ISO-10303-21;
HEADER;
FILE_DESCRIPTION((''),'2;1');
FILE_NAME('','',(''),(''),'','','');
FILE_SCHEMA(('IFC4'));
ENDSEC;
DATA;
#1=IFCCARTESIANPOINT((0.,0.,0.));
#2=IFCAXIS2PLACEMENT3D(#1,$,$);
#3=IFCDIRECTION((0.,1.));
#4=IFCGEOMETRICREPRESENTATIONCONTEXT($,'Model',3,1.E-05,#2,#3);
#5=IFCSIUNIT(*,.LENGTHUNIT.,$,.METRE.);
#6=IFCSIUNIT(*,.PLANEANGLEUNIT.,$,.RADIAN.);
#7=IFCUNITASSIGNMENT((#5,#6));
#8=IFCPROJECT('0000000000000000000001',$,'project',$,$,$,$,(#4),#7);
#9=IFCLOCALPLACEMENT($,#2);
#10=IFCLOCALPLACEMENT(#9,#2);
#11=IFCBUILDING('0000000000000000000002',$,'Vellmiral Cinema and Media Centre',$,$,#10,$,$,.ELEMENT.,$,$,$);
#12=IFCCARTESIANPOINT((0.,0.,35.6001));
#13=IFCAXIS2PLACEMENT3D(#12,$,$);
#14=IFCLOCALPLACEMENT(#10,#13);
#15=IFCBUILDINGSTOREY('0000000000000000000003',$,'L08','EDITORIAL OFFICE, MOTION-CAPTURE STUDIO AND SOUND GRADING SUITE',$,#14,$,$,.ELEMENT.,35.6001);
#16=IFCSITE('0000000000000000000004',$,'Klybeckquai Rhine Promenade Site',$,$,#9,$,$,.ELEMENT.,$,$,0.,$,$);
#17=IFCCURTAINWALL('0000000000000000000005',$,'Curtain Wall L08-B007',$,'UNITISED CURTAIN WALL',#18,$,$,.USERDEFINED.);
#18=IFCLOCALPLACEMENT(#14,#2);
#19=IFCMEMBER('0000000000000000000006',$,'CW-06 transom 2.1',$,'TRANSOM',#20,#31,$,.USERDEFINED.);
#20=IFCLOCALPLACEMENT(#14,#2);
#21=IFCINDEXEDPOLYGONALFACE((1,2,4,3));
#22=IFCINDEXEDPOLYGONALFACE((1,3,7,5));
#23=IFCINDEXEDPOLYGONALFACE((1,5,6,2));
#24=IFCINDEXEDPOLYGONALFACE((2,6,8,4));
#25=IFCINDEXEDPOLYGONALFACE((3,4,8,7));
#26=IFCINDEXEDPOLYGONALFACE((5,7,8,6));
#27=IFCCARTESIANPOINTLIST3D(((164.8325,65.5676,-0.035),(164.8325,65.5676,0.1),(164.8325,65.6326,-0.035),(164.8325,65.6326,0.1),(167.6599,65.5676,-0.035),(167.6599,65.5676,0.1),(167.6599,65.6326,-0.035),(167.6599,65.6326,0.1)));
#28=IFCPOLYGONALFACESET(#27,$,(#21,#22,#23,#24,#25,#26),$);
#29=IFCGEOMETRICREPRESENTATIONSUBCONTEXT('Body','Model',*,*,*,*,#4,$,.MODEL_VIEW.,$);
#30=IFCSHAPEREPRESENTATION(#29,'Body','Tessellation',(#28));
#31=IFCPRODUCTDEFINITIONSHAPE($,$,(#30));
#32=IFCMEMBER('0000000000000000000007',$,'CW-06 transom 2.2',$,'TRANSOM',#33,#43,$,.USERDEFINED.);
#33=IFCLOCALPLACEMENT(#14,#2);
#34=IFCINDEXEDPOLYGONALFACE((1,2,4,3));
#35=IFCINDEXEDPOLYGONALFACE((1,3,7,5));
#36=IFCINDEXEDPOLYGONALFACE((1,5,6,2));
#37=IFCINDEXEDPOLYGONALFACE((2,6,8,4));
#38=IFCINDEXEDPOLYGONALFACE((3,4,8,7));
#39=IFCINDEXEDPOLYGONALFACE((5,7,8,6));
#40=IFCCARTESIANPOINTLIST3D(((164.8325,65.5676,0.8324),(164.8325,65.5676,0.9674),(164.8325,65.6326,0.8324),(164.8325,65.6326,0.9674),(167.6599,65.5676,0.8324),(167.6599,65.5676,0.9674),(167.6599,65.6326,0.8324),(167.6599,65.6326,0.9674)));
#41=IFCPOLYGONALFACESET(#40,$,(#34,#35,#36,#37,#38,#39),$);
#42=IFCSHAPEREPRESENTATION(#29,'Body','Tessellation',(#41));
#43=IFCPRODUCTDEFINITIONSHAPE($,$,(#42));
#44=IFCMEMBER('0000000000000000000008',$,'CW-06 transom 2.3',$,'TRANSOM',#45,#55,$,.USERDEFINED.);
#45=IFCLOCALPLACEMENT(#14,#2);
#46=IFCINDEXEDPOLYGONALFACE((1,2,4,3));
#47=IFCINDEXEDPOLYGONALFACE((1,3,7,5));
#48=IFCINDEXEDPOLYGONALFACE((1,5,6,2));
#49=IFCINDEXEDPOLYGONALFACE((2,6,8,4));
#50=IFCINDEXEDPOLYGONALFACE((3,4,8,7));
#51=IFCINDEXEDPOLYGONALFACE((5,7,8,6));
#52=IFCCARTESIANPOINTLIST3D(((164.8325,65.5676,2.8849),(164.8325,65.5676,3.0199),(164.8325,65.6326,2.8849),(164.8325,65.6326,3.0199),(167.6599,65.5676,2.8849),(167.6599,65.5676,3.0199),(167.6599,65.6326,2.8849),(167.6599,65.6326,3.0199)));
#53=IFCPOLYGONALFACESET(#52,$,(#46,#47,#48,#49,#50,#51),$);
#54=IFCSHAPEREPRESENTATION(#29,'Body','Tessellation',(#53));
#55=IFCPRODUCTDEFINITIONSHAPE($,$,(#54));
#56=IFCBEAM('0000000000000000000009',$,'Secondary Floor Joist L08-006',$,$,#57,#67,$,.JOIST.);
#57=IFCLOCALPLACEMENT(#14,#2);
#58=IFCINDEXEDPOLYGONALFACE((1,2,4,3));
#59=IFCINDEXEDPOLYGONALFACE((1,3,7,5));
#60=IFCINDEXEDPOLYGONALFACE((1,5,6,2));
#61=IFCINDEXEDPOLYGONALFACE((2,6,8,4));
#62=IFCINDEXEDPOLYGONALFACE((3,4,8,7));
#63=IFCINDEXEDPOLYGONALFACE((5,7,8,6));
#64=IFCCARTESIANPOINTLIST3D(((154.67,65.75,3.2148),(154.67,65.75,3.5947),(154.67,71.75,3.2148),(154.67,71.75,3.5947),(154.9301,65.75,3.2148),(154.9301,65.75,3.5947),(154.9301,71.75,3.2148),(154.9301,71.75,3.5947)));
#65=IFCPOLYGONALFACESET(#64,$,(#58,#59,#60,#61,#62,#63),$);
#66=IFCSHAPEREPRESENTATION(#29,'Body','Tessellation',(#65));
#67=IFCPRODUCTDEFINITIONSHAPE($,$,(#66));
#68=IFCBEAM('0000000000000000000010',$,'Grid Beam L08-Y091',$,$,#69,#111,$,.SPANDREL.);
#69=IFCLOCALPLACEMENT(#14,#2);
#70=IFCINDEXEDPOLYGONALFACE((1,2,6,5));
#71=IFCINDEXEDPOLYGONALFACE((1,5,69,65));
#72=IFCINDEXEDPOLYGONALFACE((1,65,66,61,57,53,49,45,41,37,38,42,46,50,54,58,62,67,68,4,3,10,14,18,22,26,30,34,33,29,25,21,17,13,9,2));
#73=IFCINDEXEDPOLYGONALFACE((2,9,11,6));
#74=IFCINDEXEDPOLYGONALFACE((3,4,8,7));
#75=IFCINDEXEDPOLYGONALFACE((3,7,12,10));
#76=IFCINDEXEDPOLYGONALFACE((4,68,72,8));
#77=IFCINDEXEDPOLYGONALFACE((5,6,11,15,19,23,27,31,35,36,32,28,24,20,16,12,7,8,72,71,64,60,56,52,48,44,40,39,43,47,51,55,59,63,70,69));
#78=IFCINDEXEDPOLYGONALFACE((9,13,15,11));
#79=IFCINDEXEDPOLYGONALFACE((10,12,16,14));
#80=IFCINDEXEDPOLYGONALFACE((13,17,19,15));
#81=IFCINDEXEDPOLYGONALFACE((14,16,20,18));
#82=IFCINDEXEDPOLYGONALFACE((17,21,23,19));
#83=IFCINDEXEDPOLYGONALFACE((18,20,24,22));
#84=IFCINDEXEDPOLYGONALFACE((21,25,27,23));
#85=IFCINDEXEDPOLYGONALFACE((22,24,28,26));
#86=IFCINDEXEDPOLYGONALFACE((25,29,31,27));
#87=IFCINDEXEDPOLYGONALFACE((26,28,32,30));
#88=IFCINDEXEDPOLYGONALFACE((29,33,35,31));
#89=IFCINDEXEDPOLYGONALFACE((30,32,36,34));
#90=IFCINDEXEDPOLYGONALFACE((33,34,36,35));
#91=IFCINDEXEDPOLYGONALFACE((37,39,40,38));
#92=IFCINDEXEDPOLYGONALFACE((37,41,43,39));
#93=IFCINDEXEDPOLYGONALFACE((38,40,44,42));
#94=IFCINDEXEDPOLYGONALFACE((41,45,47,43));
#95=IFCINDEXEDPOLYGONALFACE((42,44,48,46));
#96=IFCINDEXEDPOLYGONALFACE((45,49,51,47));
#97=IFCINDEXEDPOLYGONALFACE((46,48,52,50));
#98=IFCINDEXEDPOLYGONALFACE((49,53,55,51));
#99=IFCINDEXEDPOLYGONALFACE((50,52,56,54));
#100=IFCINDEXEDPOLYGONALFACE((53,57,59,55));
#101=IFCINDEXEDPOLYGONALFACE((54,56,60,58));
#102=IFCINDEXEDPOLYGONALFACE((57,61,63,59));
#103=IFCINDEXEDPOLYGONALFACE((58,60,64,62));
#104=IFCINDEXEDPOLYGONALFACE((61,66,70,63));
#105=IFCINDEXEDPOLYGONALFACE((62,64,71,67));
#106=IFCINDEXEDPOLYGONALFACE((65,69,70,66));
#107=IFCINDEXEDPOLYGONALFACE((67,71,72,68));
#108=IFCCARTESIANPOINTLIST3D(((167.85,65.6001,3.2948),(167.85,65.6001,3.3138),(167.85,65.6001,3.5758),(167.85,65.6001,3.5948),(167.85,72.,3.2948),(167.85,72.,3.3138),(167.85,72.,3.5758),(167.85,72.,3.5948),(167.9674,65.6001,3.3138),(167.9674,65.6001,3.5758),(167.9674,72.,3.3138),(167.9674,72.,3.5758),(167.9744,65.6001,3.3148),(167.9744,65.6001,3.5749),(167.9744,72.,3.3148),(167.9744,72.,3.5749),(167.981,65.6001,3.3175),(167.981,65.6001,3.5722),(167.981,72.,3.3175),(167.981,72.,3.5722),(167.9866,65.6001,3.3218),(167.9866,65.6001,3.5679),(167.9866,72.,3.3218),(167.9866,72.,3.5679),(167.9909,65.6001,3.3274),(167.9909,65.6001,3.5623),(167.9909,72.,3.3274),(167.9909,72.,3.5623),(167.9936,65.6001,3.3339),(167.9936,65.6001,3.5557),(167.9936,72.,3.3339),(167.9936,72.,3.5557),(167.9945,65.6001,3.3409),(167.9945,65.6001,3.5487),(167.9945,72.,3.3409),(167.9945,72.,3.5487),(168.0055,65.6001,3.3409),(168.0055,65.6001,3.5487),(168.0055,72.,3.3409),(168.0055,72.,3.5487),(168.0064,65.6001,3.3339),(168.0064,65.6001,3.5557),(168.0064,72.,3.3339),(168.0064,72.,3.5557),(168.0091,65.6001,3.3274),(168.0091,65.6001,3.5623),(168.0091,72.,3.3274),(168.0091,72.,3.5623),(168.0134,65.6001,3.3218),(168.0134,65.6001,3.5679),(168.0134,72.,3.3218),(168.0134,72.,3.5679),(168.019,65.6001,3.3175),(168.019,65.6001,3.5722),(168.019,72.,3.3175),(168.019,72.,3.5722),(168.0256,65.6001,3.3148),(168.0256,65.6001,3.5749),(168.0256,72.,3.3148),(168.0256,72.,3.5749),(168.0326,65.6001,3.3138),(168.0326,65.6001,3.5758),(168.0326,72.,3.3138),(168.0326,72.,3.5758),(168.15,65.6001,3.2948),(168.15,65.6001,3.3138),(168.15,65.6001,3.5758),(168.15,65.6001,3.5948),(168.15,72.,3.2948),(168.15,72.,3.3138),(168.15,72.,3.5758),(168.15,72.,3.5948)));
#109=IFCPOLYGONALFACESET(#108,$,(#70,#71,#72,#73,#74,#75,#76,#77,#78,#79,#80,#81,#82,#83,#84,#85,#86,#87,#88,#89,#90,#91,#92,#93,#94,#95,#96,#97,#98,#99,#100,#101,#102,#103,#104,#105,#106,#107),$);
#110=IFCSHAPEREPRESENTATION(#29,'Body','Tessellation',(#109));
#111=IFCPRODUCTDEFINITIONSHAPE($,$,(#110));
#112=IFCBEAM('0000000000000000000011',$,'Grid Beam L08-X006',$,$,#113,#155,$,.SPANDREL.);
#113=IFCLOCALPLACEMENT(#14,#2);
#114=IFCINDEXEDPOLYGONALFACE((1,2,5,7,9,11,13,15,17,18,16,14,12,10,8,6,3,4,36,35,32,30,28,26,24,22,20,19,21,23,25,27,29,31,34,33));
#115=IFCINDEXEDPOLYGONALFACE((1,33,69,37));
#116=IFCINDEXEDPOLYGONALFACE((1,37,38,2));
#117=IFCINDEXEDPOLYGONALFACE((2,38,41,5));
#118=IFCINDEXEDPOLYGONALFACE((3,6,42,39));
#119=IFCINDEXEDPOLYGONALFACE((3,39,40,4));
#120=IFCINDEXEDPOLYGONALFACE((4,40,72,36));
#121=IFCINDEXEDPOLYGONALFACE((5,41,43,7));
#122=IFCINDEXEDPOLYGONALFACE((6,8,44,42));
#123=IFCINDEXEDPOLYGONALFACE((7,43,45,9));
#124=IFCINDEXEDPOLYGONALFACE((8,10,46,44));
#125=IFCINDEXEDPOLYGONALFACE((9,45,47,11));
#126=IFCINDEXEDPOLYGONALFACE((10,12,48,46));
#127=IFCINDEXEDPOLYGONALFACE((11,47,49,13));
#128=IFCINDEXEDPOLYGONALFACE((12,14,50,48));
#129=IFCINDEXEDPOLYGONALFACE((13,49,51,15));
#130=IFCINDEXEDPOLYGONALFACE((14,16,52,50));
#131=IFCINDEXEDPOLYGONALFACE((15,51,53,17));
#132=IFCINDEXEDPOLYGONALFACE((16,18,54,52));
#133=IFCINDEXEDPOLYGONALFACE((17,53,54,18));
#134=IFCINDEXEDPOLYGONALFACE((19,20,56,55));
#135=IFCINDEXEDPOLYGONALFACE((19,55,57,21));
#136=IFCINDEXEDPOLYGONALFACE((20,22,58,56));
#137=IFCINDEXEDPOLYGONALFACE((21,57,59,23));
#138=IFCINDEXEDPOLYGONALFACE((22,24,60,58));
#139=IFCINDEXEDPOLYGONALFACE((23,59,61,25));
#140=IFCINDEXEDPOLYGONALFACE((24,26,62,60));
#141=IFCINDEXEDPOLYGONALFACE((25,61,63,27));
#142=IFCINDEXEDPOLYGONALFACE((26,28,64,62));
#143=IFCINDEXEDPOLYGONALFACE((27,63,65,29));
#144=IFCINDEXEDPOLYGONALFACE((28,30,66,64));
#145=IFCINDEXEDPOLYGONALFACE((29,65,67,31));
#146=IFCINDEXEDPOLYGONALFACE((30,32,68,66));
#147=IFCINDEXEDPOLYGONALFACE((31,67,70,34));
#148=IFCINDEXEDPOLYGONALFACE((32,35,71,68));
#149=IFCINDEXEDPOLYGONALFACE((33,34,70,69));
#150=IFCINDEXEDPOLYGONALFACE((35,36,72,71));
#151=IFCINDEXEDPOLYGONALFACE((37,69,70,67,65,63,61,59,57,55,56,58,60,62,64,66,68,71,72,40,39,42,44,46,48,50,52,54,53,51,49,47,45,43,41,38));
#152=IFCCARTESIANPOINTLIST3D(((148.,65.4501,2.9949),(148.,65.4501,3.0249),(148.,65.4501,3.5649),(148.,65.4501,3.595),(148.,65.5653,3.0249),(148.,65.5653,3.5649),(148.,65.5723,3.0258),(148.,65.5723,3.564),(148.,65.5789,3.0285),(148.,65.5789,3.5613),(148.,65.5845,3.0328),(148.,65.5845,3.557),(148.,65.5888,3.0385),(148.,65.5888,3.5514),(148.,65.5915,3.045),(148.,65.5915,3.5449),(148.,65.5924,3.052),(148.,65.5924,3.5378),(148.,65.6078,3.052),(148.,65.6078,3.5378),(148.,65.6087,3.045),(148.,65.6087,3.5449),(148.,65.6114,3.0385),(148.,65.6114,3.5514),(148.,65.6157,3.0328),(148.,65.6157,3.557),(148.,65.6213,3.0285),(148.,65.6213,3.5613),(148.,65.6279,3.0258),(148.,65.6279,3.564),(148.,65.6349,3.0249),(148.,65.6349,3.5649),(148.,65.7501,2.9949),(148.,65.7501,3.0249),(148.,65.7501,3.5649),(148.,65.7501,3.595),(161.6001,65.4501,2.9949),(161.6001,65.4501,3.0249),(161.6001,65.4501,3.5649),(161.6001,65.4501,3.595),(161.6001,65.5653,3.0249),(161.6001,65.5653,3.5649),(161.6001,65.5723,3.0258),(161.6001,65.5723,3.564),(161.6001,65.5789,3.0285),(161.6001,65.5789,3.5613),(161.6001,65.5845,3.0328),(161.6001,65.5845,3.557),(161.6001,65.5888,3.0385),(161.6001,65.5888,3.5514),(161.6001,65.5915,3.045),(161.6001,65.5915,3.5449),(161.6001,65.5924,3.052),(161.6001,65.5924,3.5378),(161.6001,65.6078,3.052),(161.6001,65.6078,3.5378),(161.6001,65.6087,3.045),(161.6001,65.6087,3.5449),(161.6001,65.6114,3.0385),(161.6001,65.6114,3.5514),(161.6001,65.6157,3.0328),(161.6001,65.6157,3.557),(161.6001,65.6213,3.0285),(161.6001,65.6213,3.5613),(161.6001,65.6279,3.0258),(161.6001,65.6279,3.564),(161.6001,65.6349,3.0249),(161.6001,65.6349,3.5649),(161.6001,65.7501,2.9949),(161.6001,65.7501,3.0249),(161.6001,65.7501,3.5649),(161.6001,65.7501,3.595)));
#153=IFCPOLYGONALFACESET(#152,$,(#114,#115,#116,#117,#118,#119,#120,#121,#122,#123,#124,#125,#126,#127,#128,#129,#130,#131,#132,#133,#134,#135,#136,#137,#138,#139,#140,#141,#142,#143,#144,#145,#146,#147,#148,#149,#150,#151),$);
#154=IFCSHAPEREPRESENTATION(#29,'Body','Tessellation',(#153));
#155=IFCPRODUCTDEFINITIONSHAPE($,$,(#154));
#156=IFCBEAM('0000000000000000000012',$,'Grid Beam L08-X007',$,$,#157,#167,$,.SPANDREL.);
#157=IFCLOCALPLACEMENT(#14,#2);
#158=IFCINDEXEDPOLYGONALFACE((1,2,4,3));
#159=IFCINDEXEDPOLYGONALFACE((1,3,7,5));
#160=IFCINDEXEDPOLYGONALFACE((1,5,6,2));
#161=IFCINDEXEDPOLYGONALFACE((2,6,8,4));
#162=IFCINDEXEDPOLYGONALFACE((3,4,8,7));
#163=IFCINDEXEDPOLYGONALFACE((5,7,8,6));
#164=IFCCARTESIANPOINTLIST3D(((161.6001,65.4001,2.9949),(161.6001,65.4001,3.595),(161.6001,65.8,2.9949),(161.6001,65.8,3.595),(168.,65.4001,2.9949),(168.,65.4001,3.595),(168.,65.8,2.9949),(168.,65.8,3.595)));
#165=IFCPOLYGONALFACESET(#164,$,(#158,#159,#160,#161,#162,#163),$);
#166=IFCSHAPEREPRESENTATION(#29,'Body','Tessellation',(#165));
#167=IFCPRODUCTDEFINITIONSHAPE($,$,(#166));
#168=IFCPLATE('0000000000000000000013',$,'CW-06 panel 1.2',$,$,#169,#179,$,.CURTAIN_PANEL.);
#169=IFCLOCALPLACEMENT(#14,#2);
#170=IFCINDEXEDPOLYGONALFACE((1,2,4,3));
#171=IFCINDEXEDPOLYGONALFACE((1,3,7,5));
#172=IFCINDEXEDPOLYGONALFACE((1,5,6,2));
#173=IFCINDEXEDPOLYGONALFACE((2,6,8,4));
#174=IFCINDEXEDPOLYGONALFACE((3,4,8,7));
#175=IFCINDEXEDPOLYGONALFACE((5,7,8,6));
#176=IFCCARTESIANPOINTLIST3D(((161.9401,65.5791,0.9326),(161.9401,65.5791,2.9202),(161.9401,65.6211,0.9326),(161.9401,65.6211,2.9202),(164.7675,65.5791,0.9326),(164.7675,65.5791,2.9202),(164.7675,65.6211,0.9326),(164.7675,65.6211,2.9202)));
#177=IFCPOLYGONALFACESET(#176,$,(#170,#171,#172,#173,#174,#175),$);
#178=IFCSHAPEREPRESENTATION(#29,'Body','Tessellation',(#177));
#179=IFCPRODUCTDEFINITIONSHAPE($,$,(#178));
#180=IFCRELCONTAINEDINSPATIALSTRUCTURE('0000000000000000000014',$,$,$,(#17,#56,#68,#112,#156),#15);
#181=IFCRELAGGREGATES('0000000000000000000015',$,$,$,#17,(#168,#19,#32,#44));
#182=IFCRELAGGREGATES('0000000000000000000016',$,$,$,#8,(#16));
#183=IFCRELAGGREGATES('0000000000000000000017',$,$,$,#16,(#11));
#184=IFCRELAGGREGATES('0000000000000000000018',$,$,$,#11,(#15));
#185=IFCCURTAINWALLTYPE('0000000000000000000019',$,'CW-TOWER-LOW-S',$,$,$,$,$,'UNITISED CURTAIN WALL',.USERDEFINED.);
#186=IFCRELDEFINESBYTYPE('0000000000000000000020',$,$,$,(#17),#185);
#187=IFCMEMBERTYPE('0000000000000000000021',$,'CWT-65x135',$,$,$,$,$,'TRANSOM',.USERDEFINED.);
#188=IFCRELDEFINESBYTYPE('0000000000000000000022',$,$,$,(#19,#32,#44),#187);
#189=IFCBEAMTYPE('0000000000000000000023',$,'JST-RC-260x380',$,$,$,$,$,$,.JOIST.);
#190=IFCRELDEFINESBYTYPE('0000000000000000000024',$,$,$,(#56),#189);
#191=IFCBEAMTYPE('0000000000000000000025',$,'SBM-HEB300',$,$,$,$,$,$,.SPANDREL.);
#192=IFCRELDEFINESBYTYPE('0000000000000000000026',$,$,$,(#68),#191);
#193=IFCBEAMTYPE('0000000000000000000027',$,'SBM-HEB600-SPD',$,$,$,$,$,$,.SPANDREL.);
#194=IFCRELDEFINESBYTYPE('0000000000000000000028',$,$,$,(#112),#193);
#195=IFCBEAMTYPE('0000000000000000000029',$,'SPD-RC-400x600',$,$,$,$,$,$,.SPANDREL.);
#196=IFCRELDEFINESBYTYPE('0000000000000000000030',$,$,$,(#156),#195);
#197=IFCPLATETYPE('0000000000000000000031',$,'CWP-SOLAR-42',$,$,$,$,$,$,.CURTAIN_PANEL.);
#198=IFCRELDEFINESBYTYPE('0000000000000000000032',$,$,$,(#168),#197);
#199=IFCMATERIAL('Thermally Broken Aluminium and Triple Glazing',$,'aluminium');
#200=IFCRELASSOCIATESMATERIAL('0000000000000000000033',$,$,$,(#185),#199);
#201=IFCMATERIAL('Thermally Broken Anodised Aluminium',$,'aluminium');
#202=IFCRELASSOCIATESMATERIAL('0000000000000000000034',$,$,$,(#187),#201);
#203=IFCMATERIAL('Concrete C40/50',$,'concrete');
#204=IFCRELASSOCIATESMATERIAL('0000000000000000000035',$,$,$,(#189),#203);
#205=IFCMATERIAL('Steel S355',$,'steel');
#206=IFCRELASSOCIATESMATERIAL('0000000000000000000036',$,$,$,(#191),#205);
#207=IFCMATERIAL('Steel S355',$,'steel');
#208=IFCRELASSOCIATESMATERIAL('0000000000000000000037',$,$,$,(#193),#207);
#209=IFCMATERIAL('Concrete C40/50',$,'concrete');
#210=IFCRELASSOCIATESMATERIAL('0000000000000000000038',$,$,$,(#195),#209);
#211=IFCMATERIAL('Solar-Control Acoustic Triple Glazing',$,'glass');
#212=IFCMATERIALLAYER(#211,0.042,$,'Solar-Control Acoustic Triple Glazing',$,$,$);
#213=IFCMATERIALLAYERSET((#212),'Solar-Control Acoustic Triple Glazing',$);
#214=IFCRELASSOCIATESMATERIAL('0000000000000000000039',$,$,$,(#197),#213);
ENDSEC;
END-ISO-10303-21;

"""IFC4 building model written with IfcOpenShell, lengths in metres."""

from ifc_helpers import new_model, si_unit, direction, frame, origin, origin_2d, place, context, subcontext, project, spatial, rectangle, i_section, extrude, material, layer, layer_set, material_profile, profile_set, type_object, element, aggregate, save


model = new_model("IFC4")

# Units and contexts
model_context = context("Model", 3, precision=1e-05, world=origin(), true_north=direction((0.0, 1.0)))
body_context = subcontext(model_context, "Body", "Model", "MODEL_VIEW")
ifc_project = project(units=[si_unit("LENGTHUNIT", "METRE"), si_unit("PLANEANGLEUNIT", "RADIAN")], contexts=[model_context])

# Site, building, storey
site_placement = place(None, origin())
site = spatial("IfcSite", under=ifc_project, at=site_placement, Name="Klybeckquai Rhine Promenade Site", CompositionType="ELEMENT", RefElevation=0.0)
building_placement = place(site_placement, origin())
building = spatial("IfcBuilding", under=site, at=building_placement, Name="Vellmiral Cinema and Media Centre", CompositionType="ELEMENT")
storey_placement = place(building_placement, frame((0.0, 0.0, 35.6001)))
storey = spatial("IfcBuildingStorey", under=building, at=storey_placement, Name="L08", Description="EDITORIAL OFFICE, MOTION-CAPTURE STUDIO AND SOUND GRADING SUITE", CompositionType="ELEMENT", Elevation=35.6001)

# Curtain wall, members
ifc_material_1 = material(Name="Thermally Broken Aluminium and Triple Glazing", Category="aluminium")
curtain_wall_type = type_object("IfcCurtainWallType", Name="CW-TOWER-LOW-S", ElementType="UNITISED CURTAIN WALL", PredefinedType="USERDEFINED", material=ifc_material_1)
curtain_wall_placement = place(storey_placement, origin())
curtain_wall = element("IfcCurtainWall", 1, at=curtain_wall_placement, inside=storey, type_object=curtain_wall_type, Name="Curtain Wall L08-B007", ObjectType="UNITISED CURTAIN WALL", PredefinedType="USERDEFINED")
ifc_material_2 = material(Name="Thermally Broken Anodised Aluminium", Category="aluminium")
ifc_material_profile_1 = material_profile(ifc_material_2, rectangle(XDim=0.0649, YDim=0.135, at=origin_2d()), Name="MULL 65x135")
ifc_profile_set_1 = profile_set([ifc_material_profile_1], Name="Thermally Broken Anodised Aluminium")
member_type_1 = type_object("IfcMemberType", Name="CWT-65x135", ElementType="TRANSOM", PredefinedType="USERDEFINED", material=ifc_profile_set_1)
member_1_placement = place(storey_placement, frame((164.8325, 65.6001, 0.0325), z_axis=(1.0, 0.0, 0.0), x_axis=(0.0, 1.0, 0.0)))
member_1 = element("IfcMember", 2, at=member_1_placement, type_object=member_type_1, Name="CW-06 transom 2.1", ObjectType="TRANSOM", PredefinedType="USERDEFINED", context=body_context, shape_type="SweptSolid", body=[
    extrude(rectangle(XDim=0.0649, YDim=0.135, at=origin_2d()), origin(), (0.0, 0.0, 1.0), 2.8274),
])
member_2_placement = place(storey_placement, frame((164.8325, 65.6001, 0.8999), z_axis=(1.0, 0.0, 0.0), x_axis=(0.0, 1.0, 0.0)))
member_2 = element("IfcMember", 3, at=member_2_placement, type_object=member_type_1, Name="CW-06 transom 2.2", ObjectType="TRANSOM", PredefinedType="USERDEFINED", context=body_context, shape_type="SweptSolid", body=[
    extrude(rectangle(XDim=0.0649, YDim=0.135, at=origin_2d()), origin(), (0.0, 0.0, 1.0), 2.8274),
])
member_3_placement = place(storey_placement, frame((164.8325, 65.6001, 2.9524), z_axis=(1.0, 0.0, 0.0), x_axis=(0.0, 1.0, 0.0)))
member_3 = element("IfcMember", 4, at=member_3_placement, type_object=member_type_1, Name="CW-06 transom 2.3", ObjectType="TRANSOM", PredefinedType="USERDEFINED", context=body_context, shape_type="SweptSolid", body=[
    extrude(rectangle(XDim=0.0649, YDim=0.135, at=origin_2d()), origin(), (0.0, 0.0, 1.0), 2.8274),
])

# Beams
ifc_material_3 = material(Name="Concrete C40/50", Category="concrete")
ifc_material_profile_2 = material_profile(ifc_material_3, rectangle(XDim=0.26, YDim=0.3799, at=origin_2d()), Name="RC 260x380")
ifc_profile_set_2 = profile_set([ifc_material_profile_2], Name="Concrete C40/50")
beam_type_1 = type_object("IfcBeamType", Name="JST-RC-260x380", PredefinedType="JOIST", material=ifc_profile_set_2)
beam_1_placement = place(storey_placement, frame((154.8, 65.75, 3.4048), z_axis=(0.0, 1.0, 0.0), x_axis=(-1.0, 0.0, 0.0)))
element("IfcBeam", 5, at=beam_1_placement, inside=storey, type_object=beam_type_1, Name="Secondary Floor Joist L08-006", PredefinedType="JOIST", context=body_context, shape_type="SweptSolid", body=[
    extrude(rectangle(XDim=0.26, YDim=0.3799, at=origin_2d()), origin(), (0.0, 0.0, 1.0), 6.0),
])
ifc_material_4 = material(Name="Steel S355", Category="steel")
ifc_material_profile_3 = material_profile(ifc_material_4, i_section(OverallWidth=0.3, OverallDepth=0.3, WebThickness=0.011, FlangeThickness=0.019, FilletRadius=0.0271, at=origin_2d()), Name="HEB 300")
ifc_profile_set_3 = profile_set([ifc_material_profile_3], Name="Steel S355")
beam_type_2 = type_object("IfcBeamType", Name="SBM-HEB300", PredefinedType="SPANDREL", material=ifc_profile_set_3)
beam_2_placement = place(storey_placement, frame((168.0, 65.6001, 3.4448), z_axis=(0.0, 1.0, 0.0), x_axis=(-1.0, 0.0, 0.0)))
element("IfcBeam", 6, at=beam_2_placement, inside=storey, type_object=beam_type_2, Name="Grid Beam L08-Y091", PredefinedType="SPANDREL", context=body_context, shape_type="SweptSolid", body=[
    extrude(i_section(OverallWidth=0.3, OverallDepth=0.3, WebThickness=0.011, FlangeThickness=0.019, FilletRadius=0.0271, at=origin_2d()), origin(), (0.0, 0.0, 1.0), 6.3999),
])
ifc_material_5 = material(Name="Steel S355", Category="steel")
ifc_material_profile_4 = material_profile(ifc_material_5, i_section(OverallWidth=0.3, OverallDepth=0.6001, WebThickness=0.0154, FlangeThickness=0.03, FilletRadius=0.0271, at=origin_2d()), Name="HEB 600")
ifc_profile_set_4 = profile_set([ifc_material_profile_4], Name="Steel S355")
beam_type_3 = type_object("IfcBeamType", Name="SBM-HEB600-SPD", PredefinedType="SPANDREL", material=ifc_profile_set_4)
beam_3_placement = place(storey_placement, frame((148.0, 65.6001, 3.2949), z_axis=(1.0, 0.0, 0.0), x_axis=(0.0, 1.0, 0.0)))
element("IfcBeam", 7, at=beam_3_placement, inside=storey, type_object=beam_type_3, Name="Grid Beam L08-X006", PredefinedType="SPANDREL", context=body_context, shape_type="SweptSolid", body=[
    extrude(i_section(OverallWidth=0.3, OverallDepth=0.6001, WebThickness=0.0154, FlangeThickness=0.03, FilletRadius=0.0271, at=origin_2d()), origin(), (0.0, 0.0, 1.0), 13.6001),
])
ifc_material_6 = material(Name="Concrete C40/50", Category="concrete")
ifc_material_profile_5 = material_profile(ifc_material_6, rectangle(XDim=0.3999, YDim=0.6001, at=origin_2d()), Name="RC 400x600")
ifc_profile_set_5 = profile_set([ifc_material_profile_5], Name="Concrete C40/50")
beam_type_4 = type_object("IfcBeamType", Name="SPD-RC-400x600", PredefinedType="SPANDREL", material=ifc_profile_set_5)
beam_4_placement = place(storey_placement, frame((161.6001, 65.6001, 3.2949), z_axis=(1.0, 0.0, 0.0), x_axis=(0.0, 1.0, 0.0)))
element("IfcBeam", 8, at=beam_4_placement, inside=storey, type_object=beam_type_4, Name="Grid Beam L08-X007", PredefinedType="SPANDREL", context=body_context, shape_type="SweptSolid", body=[
    extrude(rectangle(XDim=0.3999, YDim=0.6001, at=origin_2d()), origin(), (0.0, 0.0, 1.0), 6.3999),
])

# Plate
ifc_material_7 = material(Name="Solar-Control Acoustic Triple Glazing", Category="glass")
ifc_layer_1 = layer(ifc_material_7, 0.042, Name="Solar-Control Acoustic Triple Glazing")
ifc_layer_set_1 = layer_set([ifc_layer_1], Name="Solar-Control Acoustic Triple Glazing")
plate_type_1 = type_object("IfcPlateType", Name="CWP-SOLAR-42", PredefinedType="CURTAIN_PANEL", material=ifc_layer_set_1)
plate_1_placement = place(storey_placement, frame((163.3538, 65.6001, 0.9326), z_axis=(0.0, 0.0, 1.0), x_axis=(1.0, 0.0, 0.0)))
plate_1 = element("IfcPlate", 9, at=plate_1_placement, type_object=plate_type_1, Name="CW-06 panel 1.2", PredefinedType="CURTAIN_PANEL", context=body_context, shape_type="SweptSolid", body=[
    extrude(rectangle(XDim=2.8274, YDim=0.042, at=origin_2d()), origin(), (0.0, 0.0, 1.0), 1.9875),
])
aggregate(curtain_wall, [plate_1, member_1, member_2, member_3])

save(model, "model.ifc")
